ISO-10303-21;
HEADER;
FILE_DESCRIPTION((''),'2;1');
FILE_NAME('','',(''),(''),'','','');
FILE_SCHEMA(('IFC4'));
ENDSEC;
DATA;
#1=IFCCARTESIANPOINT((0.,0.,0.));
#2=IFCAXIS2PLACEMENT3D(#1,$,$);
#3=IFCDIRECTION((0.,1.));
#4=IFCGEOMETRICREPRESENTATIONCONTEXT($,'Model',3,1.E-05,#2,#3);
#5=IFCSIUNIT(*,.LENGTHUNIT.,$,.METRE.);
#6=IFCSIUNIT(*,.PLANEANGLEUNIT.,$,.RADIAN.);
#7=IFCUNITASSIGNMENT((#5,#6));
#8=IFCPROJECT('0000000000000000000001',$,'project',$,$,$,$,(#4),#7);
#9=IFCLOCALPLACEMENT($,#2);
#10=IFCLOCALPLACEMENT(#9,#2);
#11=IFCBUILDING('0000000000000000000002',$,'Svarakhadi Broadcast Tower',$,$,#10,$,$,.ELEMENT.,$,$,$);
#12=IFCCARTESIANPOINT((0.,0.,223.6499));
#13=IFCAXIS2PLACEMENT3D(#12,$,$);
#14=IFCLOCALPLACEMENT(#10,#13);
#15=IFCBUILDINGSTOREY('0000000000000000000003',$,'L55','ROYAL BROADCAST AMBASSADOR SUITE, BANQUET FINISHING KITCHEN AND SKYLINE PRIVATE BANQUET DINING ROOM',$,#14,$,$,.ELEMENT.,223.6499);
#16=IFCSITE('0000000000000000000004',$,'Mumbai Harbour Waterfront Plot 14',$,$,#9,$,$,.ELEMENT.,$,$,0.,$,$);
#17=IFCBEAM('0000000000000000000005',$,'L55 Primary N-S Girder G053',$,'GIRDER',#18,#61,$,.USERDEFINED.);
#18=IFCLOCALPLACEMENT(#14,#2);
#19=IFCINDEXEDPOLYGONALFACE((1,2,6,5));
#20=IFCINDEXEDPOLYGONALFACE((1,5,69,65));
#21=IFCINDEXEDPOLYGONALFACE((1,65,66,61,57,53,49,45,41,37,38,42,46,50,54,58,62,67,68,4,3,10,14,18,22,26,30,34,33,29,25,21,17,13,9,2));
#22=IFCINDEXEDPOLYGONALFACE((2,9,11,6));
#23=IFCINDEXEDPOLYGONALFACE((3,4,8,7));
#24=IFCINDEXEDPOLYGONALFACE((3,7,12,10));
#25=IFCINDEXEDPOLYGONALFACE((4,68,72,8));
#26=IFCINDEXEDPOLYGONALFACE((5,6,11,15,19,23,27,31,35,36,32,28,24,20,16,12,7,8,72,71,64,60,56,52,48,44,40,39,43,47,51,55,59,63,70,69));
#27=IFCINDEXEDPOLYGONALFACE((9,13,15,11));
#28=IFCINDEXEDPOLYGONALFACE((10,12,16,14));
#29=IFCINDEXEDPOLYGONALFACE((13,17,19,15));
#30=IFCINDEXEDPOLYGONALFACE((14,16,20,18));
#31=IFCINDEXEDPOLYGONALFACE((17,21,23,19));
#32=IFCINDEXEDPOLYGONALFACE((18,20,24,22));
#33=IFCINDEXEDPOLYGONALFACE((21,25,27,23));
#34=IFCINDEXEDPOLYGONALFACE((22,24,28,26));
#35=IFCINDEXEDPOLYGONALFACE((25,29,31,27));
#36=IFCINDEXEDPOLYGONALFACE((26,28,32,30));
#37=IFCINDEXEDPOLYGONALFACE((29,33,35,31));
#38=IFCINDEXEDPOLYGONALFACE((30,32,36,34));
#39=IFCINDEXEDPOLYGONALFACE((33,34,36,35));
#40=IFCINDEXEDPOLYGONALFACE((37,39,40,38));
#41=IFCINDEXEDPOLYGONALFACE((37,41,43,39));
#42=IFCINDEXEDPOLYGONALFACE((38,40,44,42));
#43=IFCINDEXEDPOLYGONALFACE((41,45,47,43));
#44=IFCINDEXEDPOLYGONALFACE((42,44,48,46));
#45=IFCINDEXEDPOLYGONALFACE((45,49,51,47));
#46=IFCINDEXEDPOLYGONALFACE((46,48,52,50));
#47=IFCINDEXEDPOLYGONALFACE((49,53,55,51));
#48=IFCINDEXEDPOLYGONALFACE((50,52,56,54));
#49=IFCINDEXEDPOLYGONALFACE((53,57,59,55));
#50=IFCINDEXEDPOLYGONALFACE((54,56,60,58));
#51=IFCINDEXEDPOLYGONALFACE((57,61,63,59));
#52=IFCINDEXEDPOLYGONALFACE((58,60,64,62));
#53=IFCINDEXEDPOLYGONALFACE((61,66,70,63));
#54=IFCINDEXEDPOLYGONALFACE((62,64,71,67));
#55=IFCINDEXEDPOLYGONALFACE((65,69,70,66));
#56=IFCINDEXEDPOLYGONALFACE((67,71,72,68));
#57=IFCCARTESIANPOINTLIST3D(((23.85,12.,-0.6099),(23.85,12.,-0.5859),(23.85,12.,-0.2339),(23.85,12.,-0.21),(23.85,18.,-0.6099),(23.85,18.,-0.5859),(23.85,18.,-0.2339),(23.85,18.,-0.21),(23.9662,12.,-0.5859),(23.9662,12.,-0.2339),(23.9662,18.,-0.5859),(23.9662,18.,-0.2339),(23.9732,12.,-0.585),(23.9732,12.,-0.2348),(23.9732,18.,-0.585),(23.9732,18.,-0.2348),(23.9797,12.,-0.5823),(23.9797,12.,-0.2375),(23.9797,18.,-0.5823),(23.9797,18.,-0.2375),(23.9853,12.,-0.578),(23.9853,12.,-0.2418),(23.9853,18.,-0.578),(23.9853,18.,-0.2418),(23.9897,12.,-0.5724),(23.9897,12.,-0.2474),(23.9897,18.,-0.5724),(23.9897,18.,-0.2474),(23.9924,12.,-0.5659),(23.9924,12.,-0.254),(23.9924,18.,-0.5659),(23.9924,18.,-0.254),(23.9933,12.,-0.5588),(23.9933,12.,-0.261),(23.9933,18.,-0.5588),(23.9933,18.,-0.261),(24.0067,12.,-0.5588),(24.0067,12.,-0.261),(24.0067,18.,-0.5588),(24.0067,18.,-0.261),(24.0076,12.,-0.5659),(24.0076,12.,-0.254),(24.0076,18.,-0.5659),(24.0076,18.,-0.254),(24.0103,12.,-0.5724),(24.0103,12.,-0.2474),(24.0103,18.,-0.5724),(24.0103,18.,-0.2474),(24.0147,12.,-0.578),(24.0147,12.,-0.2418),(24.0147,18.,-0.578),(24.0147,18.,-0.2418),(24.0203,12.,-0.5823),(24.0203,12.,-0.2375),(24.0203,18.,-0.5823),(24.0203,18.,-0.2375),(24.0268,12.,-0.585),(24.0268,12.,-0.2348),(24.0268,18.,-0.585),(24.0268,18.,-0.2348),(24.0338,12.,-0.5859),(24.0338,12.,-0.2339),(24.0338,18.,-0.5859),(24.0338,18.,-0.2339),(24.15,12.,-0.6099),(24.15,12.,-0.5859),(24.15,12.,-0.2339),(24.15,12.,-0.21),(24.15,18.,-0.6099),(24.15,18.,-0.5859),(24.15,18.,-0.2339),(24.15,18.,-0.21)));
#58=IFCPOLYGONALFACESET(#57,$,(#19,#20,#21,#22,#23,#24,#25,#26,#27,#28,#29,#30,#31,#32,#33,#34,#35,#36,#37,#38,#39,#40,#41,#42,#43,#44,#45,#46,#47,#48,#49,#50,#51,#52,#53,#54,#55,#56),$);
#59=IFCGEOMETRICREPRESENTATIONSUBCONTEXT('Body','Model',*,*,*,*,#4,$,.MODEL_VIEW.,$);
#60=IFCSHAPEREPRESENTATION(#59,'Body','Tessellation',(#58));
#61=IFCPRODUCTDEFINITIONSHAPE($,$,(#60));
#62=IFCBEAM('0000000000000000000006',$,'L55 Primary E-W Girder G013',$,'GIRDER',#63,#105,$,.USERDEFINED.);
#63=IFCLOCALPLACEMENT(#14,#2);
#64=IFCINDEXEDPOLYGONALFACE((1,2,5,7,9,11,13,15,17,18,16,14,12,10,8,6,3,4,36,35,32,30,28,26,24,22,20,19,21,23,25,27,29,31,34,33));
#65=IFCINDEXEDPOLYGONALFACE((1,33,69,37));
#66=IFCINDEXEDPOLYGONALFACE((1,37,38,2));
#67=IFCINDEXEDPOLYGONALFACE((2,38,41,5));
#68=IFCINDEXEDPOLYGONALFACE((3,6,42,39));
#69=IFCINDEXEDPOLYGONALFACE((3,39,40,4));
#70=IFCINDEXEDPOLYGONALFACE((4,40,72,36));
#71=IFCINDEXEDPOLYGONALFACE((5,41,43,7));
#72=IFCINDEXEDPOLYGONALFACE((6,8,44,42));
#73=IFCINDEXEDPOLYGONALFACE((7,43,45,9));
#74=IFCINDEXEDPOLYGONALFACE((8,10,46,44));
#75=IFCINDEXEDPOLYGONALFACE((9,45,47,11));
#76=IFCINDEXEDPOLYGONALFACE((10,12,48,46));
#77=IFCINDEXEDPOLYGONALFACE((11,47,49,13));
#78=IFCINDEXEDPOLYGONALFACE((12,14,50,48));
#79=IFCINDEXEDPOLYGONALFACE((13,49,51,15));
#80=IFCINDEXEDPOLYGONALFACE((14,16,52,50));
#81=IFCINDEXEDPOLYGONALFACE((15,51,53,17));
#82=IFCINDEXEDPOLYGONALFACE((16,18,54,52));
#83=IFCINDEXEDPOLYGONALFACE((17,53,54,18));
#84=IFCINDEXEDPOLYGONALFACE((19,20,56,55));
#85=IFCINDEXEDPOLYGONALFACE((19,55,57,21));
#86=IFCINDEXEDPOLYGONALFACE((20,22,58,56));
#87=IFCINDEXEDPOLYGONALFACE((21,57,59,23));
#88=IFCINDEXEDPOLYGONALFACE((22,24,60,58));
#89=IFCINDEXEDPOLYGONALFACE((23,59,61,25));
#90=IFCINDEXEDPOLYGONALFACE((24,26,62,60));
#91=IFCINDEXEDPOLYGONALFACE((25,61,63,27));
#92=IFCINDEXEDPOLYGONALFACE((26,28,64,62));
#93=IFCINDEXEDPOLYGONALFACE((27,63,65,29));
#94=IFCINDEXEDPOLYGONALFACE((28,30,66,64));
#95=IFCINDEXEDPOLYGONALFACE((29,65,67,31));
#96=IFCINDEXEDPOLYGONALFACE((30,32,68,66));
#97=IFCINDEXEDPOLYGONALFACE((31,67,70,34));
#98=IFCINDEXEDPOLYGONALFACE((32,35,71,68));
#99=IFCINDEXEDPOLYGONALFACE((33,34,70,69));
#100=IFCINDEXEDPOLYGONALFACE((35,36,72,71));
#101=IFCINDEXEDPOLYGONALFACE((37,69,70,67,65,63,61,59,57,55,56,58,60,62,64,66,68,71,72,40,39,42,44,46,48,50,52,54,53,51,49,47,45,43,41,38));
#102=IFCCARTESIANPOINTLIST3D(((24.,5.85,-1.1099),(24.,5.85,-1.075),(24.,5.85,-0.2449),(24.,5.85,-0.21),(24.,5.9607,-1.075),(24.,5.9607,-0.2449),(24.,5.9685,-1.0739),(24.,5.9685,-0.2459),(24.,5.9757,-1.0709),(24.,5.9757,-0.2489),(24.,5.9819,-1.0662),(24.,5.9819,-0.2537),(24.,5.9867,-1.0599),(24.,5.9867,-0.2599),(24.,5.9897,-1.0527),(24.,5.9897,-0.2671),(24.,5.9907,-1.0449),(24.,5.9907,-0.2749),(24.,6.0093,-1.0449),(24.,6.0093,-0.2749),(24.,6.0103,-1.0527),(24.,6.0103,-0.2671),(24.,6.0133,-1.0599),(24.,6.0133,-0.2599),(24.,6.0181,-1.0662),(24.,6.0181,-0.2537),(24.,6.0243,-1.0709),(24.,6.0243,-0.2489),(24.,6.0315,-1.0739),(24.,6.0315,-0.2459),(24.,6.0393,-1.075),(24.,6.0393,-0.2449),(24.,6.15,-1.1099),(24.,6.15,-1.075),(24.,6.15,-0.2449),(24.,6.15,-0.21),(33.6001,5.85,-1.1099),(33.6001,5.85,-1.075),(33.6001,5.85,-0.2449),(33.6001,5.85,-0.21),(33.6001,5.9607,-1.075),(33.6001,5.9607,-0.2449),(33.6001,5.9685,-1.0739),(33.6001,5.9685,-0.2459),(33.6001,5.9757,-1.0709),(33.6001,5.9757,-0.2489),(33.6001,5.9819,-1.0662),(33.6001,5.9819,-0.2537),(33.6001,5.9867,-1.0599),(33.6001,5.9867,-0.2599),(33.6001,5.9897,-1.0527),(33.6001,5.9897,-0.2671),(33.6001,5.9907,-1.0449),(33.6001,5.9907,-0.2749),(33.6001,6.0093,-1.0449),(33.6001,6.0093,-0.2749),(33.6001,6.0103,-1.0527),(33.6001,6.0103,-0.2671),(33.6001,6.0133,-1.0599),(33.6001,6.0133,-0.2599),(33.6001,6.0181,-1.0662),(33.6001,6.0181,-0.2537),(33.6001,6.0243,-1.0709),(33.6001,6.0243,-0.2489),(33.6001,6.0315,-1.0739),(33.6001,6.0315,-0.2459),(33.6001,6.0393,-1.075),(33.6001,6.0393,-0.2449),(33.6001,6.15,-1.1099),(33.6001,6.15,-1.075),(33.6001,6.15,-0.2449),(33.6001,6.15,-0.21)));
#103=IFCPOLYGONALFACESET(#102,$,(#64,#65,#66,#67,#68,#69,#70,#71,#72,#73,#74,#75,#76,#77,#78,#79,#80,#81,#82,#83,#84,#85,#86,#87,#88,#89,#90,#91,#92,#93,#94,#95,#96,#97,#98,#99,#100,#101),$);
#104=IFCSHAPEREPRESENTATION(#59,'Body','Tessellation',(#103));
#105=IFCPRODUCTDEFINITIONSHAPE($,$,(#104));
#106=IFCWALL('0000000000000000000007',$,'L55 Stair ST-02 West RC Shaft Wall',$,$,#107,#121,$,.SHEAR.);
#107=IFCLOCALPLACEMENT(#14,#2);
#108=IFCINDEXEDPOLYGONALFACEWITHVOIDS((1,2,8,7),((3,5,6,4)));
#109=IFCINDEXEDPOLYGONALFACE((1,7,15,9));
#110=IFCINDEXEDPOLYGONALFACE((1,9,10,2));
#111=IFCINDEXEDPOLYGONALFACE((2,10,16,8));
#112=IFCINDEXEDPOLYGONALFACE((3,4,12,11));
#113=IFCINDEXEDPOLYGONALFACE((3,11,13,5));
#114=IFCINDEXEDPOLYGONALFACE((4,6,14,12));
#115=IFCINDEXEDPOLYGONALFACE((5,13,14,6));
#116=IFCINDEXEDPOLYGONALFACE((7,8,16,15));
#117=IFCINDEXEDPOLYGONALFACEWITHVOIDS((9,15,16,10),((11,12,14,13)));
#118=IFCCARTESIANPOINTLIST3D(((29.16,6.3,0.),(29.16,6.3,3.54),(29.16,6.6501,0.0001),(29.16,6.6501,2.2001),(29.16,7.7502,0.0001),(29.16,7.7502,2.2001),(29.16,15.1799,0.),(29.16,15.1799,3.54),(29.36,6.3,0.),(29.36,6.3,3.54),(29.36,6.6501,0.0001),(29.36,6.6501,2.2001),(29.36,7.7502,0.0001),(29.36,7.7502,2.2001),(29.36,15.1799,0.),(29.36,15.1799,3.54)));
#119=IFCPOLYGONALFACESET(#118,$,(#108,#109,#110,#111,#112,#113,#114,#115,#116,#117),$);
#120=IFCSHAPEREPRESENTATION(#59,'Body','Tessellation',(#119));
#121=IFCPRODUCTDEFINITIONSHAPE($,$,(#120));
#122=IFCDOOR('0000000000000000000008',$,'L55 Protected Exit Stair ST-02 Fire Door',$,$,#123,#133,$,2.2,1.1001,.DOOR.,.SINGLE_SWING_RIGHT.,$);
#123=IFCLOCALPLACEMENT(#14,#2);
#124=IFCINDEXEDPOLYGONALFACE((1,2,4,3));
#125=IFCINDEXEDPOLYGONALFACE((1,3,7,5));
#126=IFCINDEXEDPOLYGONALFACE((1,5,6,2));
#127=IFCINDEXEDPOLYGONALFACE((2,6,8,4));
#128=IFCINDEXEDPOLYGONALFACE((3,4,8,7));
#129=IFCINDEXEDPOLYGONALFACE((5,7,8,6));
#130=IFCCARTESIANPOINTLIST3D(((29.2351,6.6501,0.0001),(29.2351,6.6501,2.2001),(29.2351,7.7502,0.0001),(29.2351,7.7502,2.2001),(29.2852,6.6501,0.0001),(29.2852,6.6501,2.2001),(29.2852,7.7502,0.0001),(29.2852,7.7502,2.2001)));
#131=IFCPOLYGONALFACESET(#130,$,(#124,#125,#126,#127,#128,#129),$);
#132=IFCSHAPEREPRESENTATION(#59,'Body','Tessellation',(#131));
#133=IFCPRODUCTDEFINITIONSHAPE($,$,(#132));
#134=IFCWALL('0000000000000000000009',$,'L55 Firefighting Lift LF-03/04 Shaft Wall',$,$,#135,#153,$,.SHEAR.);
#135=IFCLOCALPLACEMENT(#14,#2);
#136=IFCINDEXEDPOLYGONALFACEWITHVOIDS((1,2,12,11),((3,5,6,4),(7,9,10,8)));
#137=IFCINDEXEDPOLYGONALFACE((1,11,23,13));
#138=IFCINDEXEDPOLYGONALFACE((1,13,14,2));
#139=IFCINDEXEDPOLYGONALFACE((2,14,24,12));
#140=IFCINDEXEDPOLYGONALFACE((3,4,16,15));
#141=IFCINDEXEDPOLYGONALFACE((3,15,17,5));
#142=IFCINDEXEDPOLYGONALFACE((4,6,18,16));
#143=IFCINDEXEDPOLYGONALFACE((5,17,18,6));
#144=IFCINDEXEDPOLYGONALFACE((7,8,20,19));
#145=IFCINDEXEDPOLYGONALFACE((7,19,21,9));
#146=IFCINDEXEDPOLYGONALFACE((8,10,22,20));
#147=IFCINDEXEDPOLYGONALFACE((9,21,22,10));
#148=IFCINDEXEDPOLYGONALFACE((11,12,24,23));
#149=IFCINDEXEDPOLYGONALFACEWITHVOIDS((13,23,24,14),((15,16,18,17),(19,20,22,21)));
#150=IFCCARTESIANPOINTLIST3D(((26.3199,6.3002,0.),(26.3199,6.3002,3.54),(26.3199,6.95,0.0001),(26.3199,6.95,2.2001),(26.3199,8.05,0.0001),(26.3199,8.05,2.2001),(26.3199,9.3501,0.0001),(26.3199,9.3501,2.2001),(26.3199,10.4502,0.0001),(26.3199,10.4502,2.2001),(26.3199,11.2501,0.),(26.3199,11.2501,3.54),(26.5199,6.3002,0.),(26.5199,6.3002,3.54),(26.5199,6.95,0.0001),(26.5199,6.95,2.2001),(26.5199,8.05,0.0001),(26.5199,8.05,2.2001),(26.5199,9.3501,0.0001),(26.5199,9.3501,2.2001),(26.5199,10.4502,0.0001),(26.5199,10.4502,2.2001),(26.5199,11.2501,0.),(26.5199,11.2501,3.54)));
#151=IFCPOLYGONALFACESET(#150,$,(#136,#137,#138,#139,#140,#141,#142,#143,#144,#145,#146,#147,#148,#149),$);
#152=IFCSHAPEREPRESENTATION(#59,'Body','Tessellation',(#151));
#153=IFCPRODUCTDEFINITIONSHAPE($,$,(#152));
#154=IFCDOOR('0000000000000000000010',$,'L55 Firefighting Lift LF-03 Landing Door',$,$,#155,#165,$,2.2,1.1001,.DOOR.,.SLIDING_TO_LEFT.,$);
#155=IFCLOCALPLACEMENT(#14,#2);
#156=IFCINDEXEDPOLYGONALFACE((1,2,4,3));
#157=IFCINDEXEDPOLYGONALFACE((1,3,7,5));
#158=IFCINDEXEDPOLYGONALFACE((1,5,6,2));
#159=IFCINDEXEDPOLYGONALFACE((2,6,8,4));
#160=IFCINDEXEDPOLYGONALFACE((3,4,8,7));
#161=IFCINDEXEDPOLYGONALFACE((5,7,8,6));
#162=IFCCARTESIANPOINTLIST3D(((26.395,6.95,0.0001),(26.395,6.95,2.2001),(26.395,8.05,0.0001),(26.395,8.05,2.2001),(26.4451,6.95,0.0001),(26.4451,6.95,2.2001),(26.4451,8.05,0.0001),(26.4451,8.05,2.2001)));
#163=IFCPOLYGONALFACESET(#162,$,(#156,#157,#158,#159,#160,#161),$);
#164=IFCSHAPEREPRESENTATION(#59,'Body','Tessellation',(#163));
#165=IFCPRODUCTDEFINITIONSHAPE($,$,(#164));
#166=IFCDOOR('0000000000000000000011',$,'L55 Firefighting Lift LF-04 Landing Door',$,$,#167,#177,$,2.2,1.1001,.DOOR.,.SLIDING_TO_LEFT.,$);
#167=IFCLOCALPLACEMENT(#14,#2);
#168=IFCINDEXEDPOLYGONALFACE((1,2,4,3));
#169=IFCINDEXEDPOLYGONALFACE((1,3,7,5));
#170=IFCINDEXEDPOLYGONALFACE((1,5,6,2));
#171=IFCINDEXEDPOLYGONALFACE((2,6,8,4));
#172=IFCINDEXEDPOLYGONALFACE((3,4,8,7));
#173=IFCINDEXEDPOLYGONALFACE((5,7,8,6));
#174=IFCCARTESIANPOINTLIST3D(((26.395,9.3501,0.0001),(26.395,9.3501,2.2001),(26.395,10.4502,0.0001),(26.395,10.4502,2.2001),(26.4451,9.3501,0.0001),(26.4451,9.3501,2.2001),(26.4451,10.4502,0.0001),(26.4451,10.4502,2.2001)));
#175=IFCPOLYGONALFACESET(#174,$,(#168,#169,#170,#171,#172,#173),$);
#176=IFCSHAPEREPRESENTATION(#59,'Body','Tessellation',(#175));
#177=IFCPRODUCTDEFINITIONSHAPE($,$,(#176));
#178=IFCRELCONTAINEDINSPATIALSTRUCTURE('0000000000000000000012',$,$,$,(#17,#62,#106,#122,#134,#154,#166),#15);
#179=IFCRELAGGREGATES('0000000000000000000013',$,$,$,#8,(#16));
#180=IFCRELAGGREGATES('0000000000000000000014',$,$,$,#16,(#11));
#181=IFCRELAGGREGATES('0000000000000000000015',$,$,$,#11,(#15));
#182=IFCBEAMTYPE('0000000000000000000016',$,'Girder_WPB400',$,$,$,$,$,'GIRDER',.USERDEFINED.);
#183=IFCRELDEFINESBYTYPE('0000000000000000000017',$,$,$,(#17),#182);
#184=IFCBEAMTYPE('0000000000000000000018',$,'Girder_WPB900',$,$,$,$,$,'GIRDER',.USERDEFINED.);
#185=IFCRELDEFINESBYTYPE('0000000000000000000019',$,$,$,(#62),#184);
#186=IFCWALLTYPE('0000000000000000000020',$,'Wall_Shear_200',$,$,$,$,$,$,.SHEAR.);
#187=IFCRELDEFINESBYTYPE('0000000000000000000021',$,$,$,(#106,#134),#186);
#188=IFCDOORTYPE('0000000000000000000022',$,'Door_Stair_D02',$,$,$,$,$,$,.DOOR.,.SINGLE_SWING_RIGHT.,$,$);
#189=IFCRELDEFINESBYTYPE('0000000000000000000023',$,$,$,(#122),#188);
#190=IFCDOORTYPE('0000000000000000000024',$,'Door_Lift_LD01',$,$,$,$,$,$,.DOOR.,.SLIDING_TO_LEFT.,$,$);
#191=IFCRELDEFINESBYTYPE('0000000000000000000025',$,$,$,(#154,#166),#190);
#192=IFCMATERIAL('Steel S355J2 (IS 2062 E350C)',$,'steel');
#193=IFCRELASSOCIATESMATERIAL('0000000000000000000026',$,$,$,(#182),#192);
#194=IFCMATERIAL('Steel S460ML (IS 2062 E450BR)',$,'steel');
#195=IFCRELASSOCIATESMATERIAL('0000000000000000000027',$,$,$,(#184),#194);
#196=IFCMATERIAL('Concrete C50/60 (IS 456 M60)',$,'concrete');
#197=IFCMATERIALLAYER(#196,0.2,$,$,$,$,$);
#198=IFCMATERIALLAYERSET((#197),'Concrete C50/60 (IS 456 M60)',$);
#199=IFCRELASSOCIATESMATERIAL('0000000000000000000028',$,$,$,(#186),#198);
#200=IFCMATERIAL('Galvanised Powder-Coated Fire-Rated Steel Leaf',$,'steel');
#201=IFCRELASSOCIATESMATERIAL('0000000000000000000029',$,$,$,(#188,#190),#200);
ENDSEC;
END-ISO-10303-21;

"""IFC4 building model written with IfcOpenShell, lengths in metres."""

from ifc_helpers import new_model, si_unit, direction, frame, frame_2d, origin, origin_2d, place, context, subcontext, project, spatial, rectangle, i_section, extrude, material, layer, layer_set, material_profile, profile_set, type_object, element, fill, save


model = new_model("IFC4")

# Units and contexts
model_context = context("Model", 3, precision=1e-05, world=origin(), true_north=direction((0.0, 1.0)))
body_context = subcontext(model_context, "Body", "Model", "MODEL_VIEW")
ifc_project = project(units=[si_unit("LENGTHUNIT", "METRE"), si_unit("PLANEANGLEUNIT", "RADIAN")], contexts=[model_context])

# Site, building, storey
site_placement = place(None, origin())
site = spatial("IfcSite", under=ifc_project, at=site_placement, Name="Mumbai Harbour Waterfront Plot 14", CompositionType="ELEMENT", RefElevation=0.0)
building_placement = place(site_placement, origin())
building = spatial("IfcBuilding", under=site, at=building_placement, Name="Svarakhadi Broadcast Tower", CompositionType="ELEMENT")
storey_placement = place(building_placement, frame((0.0, 0.0, 223.6499)))
storey = spatial("IfcBuildingStorey", under=building, at=storey_placement, Name="L55", Description="ROYAL BROADCAST AMBASSADOR SUITE, BANQUET FINISHING KITCHEN AND SKYLINE PRIVATE BANQUET DINING ROOM", CompositionType="ELEMENT", Elevation=223.6499)

# Shared definitions
ifc_material_1 = material(Name="Concrete C50/60 (IS 456 M60)", Category="concrete")
ifc_material_2 = material(Name="Steel S460ML (IS 2062 E450BR)", Category="steel")

# Beams
ifc_material_3 = material(Name="Steel S355J2 (IS 2062 E350C)", Category="steel")
ifc_material_profile_1 = material_profile(ifc_material_3, i_section(OverallWidth=0.3, OverallDepth=0.3999, WebThickness=0.0134, FlangeThickness=0.0239, FilletRadius=0.0271, at=origin_2d()), Name="WPB 400x300x155")
ifc_profile_set_1 = profile_set([ifc_material_profile_1], Name="Steel S355J2 (IS 2062 E350C)")
beam_type_1 = type_object("IfcBeamType", Name="Girder_WPB400", ElementType="GIRDER", PredefinedType="USERDEFINED", material=ifc_profile_set_1)
for number, where, z_axis, x_axis, name in (
    (1, (24.0, 12.0, -0.4099), (0.0, 1.0, 0.0), (-1.0, 0.0, 0.0), "L55 Primary N-S Girder G053"),
):
    element("IfcBeam", number, at=place(storey_placement, frame(where, z_axis=z_axis, x_axis=x_axis)), inside=storey, type_object=beam_type_1, Name=name, ObjectType="GIRDER", PredefinedType="USERDEFINED", context=body_context, shape_type="SweptSolid", body=[
        extrude(i_section(OverallWidth=0.3, OverallDepth=0.3999, WebThickness=0.0134, FlangeThickness=0.0239, FilletRadius=0.0271, at=origin_2d()), origin(), (0.0, 0.0, 1.0), 6.0),
    ])
ifc_material_profile_2 = material_profile(ifc_material_2, i_section(OverallWidth=0.3, OverallDepth=0.8999, WebThickness=0.0186, FlangeThickness=0.0349, FilletRadius=0.03, at=origin_2d()), Name="WPB 900x300x291")
ifc_profile_set_2 = profile_set([ifc_material_profile_2], Name="Steel S460ML (IS 2062 E450BR)")
beam_type_2 = type_object("IfcBeamType", Name="Girder_WPB900", ElementType="GIRDER", PredefinedType="USERDEFINED", material=ifc_profile_set_2)
beam_1_placement = place(storey_placement, frame((24.0, 6.0, -0.6599), z_axis=(1.0, 0.0, 0.0), x_axis=(0.0, 1.0, 0.0)))
element("IfcBeam", 2, at=beam_1_placement, inside=storey, type_object=beam_type_2, Name="L55 Primary E-W Girder G013", ObjectType="GIRDER", PredefinedType="USERDEFINED", context=body_context, shape_type="SweptSolid", body=[
    extrude(i_section(OverallWidth=0.3, OverallDepth=0.8999, WebThickness=0.0186, FlangeThickness=0.0349, FilletRadius=0.03, at=origin_2d()), origin(), (0.0, 0.0, 1.0), 9.6001),
])

# Wall, opening, door
ifc_layer_1 = layer(ifc_material_1, 0.2)
ifc_layer_set_1 = layer_set([ifc_layer_1], Name="Concrete C50/60 (IS 456 M60)")
wall_type_1 = type_object("IfcWallType", Name="Wall_Shear_200", PredefinedType="SHEAR", material=ifc_layer_set_1)
wall_1_placement = place(storey_placement, frame((29.26, 6.3, 0.0), z_axis=(0.0, 0.0, 1.0), x_axis=(0.0, 1.0, 0.0)))
wall_1 = element("IfcWall", 3, at=wall_1_placement, inside=storey, type_object=wall_type_1, Name="L55 Stair ST-02 West RC Shaft Wall", PredefinedType="SHEAR", context=body_context, shape_type="SweptSolid", body=[
    extrude(rectangle(XDim=8.8799, YDim=0.2, at=frame_2d((4.4399, 0.0))), origin(), (0.0, 0.0, 1.0), 3.54),
])
opening_1_placement = place(wall_1_placement, frame((0.3501, 0.0, 0.0)))
opening_1 = element("IfcOpeningElement", 4, at=opening_1_placement, cuts=wall_1, PredefinedType="OPENING", context=body_context, shape_type="SweptSolid", body=[
    extrude(rectangle(XDim=1.1001, YDim=2.2, at=frame_2d((0.55, 1.1001))), frame((0.0, 0.1099, 0.0), z_axis=(0.0, -1.0, 0.0), x_axis=(1.0, 0.0, 0.0)), (0.0, 0.0, 1.0), 0.22),
])
ifc_material_4 = material(Name="Galvanised Powder-Coated Fire-Rated Steel Leaf", Category="steel")
door_type_1 = type_object("IfcDoorType", Name="Door_Stair_D02", OperationType="SINGLE_SWING_RIGHT", PredefinedType="DOOR", material=ifc_material_4)
door_1_placement = place(opening_1_placement, origin())
door_1 = element("IfcDoor", 5, at=door_1_placement, inside=storey, type_object=door_type_1, Name="L55 Protected Exit Stair ST-02 Fire Door", OperationType="SINGLE_SWING_RIGHT", OverallHeight=2.2, OverallWidth=1.1001, PredefinedType="DOOR", context=body_context, shape_type="SweptSolid", body=[
    extrude(rectangle(XDim=1.1001, YDim=2.2, at=frame_2d((0.55, 1.1001))), frame((0.0, 0.0249, 0.0), z_axis=(0.0, -1.0, 0.0), x_axis=(1.0, 0.0, 0.0)), (0.0, 0.0, 1.0), 0.05),
])
fill(opening_1, door_1)

# Wall, openings, doors
wall_2_placement = place(storey_placement, frame((26.4199, 6.3, 0.0), z_axis=(0.0, 0.0, 1.0), x_axis=(0.0, 1.0, 0.0)))
wall_2 = element("IfcWall", 6, at=wall_2_placement, inside=storey, type_object=wall_type_1, Name="L55 Firefighting Lift LF-03/04 Shaft Wall", PredefinedType="SHEAR", context=body_context, shape_type="SweptSolid", body=[
    extrude(rectangle(XDim=4.95, YDim=0.2, at=frame_2d((2.4751, 0.0))), origin(), (0.0, 0.0, 1.0), 3.54),
])
opening_2_placement = place(wall_2_placement, frame((0.6499, 0.0, 0.0)))
opening_2 = element("IfcOpeningElement", 7, at=opening_2_placement, cuts=wall_2, PredefinedType="OPENING", context=body_context, shape_type="SweptSolid", body=[
    extrude(rectangle(XDim=1.1001, YDim=2.2, at=frame_2d((0.55, 1.1001))), frame((0.0, 0.1099, 0.0), z_axis=(0.0, -1.0, 0.0), x_axis=(1.0, 0.0, 0.0)), (0.0, 0.0, 1.0), 0.22),
])
opening_3_placement = place(wall_2_placement, frame((3.05, 0.0, 0.0)))
opening_3 = element("IfcOpeningElement", 8, at=opening_3_placement, cuts=wall_2, PredefinedType="OPENING", context=body_context, shape_type="SweptSolid", body=[
    extrude(rectangle(XDim=1.1001, YDim=2.2, at=frame_2d((0.55, 1.1001))), frame((0.0, 0.1099, 0.0), z_axis=(0.0, -1.0, 0.0), x_axis=(1.0, 0.0, 0.0)), (0.0, 0.0, 1.0), 0.22),
])
door_type_2 = type_object("IfcDoorType", Name="Door_Lift_LD01", OperationType="SLIDING_TO_LEFT", PredefinedType="DOOR", material=ifc_material_4)
door_2_placement = place(opening_2_placement, origin())
door_2 = element("IfcDoor", 9, at=door_2_placement, inside=storey, type_object=door_type_2, Name="L55 Firefighting Lift LF-03 Landing Door", OperationType="SLIDING_TO_LEFT", OverallHeight=2.2, OverallWidth=1.1001, PredefinedType="DOOR", context=body_context, shape_type="SweptSolid", body=[
    extrude(rectangle(XDim=1.1001, YDim=2.2, at=frame_2d((0.55, 1.1001))), frame((0.0, 0.0249, 0.0), z_axis=(0.0, -1.0, 0.0), x_axis=(1.0, 0.0, 0.0)), (0.0, 0.0, 1.0), 0.05),
])
fill(opening_2, door_2)
door_3_placement = place(opening_3_placement, origin())
door_3 = element("IfcDoor", 10, at=door_3_placement, inside=storey, type_object=door_type_2, Name="L55 Firefighting Lift LF-04 Landing Door", OperationType="SLIDING_TO_LEFT", OverallHeight=2.2, OverallWidth=1.1001, PredefinedType="DOOR", context=body_context, shape_type="SweptSolid", body=[
    extrude(rectangle(XDim=1.1001, YDim=2.2, at=frame_2d((0.55, 1.1001))), frame((0.0, 0.0249, 0.0), z_axis=(0.0, -1.0, 0.0), x_axis=(1.0, 0.0, 0.0)), (0.0, 0.0, 1.0), 0.05),
])
fill(opening_3, door_3)

save(model, "model.ifc")
